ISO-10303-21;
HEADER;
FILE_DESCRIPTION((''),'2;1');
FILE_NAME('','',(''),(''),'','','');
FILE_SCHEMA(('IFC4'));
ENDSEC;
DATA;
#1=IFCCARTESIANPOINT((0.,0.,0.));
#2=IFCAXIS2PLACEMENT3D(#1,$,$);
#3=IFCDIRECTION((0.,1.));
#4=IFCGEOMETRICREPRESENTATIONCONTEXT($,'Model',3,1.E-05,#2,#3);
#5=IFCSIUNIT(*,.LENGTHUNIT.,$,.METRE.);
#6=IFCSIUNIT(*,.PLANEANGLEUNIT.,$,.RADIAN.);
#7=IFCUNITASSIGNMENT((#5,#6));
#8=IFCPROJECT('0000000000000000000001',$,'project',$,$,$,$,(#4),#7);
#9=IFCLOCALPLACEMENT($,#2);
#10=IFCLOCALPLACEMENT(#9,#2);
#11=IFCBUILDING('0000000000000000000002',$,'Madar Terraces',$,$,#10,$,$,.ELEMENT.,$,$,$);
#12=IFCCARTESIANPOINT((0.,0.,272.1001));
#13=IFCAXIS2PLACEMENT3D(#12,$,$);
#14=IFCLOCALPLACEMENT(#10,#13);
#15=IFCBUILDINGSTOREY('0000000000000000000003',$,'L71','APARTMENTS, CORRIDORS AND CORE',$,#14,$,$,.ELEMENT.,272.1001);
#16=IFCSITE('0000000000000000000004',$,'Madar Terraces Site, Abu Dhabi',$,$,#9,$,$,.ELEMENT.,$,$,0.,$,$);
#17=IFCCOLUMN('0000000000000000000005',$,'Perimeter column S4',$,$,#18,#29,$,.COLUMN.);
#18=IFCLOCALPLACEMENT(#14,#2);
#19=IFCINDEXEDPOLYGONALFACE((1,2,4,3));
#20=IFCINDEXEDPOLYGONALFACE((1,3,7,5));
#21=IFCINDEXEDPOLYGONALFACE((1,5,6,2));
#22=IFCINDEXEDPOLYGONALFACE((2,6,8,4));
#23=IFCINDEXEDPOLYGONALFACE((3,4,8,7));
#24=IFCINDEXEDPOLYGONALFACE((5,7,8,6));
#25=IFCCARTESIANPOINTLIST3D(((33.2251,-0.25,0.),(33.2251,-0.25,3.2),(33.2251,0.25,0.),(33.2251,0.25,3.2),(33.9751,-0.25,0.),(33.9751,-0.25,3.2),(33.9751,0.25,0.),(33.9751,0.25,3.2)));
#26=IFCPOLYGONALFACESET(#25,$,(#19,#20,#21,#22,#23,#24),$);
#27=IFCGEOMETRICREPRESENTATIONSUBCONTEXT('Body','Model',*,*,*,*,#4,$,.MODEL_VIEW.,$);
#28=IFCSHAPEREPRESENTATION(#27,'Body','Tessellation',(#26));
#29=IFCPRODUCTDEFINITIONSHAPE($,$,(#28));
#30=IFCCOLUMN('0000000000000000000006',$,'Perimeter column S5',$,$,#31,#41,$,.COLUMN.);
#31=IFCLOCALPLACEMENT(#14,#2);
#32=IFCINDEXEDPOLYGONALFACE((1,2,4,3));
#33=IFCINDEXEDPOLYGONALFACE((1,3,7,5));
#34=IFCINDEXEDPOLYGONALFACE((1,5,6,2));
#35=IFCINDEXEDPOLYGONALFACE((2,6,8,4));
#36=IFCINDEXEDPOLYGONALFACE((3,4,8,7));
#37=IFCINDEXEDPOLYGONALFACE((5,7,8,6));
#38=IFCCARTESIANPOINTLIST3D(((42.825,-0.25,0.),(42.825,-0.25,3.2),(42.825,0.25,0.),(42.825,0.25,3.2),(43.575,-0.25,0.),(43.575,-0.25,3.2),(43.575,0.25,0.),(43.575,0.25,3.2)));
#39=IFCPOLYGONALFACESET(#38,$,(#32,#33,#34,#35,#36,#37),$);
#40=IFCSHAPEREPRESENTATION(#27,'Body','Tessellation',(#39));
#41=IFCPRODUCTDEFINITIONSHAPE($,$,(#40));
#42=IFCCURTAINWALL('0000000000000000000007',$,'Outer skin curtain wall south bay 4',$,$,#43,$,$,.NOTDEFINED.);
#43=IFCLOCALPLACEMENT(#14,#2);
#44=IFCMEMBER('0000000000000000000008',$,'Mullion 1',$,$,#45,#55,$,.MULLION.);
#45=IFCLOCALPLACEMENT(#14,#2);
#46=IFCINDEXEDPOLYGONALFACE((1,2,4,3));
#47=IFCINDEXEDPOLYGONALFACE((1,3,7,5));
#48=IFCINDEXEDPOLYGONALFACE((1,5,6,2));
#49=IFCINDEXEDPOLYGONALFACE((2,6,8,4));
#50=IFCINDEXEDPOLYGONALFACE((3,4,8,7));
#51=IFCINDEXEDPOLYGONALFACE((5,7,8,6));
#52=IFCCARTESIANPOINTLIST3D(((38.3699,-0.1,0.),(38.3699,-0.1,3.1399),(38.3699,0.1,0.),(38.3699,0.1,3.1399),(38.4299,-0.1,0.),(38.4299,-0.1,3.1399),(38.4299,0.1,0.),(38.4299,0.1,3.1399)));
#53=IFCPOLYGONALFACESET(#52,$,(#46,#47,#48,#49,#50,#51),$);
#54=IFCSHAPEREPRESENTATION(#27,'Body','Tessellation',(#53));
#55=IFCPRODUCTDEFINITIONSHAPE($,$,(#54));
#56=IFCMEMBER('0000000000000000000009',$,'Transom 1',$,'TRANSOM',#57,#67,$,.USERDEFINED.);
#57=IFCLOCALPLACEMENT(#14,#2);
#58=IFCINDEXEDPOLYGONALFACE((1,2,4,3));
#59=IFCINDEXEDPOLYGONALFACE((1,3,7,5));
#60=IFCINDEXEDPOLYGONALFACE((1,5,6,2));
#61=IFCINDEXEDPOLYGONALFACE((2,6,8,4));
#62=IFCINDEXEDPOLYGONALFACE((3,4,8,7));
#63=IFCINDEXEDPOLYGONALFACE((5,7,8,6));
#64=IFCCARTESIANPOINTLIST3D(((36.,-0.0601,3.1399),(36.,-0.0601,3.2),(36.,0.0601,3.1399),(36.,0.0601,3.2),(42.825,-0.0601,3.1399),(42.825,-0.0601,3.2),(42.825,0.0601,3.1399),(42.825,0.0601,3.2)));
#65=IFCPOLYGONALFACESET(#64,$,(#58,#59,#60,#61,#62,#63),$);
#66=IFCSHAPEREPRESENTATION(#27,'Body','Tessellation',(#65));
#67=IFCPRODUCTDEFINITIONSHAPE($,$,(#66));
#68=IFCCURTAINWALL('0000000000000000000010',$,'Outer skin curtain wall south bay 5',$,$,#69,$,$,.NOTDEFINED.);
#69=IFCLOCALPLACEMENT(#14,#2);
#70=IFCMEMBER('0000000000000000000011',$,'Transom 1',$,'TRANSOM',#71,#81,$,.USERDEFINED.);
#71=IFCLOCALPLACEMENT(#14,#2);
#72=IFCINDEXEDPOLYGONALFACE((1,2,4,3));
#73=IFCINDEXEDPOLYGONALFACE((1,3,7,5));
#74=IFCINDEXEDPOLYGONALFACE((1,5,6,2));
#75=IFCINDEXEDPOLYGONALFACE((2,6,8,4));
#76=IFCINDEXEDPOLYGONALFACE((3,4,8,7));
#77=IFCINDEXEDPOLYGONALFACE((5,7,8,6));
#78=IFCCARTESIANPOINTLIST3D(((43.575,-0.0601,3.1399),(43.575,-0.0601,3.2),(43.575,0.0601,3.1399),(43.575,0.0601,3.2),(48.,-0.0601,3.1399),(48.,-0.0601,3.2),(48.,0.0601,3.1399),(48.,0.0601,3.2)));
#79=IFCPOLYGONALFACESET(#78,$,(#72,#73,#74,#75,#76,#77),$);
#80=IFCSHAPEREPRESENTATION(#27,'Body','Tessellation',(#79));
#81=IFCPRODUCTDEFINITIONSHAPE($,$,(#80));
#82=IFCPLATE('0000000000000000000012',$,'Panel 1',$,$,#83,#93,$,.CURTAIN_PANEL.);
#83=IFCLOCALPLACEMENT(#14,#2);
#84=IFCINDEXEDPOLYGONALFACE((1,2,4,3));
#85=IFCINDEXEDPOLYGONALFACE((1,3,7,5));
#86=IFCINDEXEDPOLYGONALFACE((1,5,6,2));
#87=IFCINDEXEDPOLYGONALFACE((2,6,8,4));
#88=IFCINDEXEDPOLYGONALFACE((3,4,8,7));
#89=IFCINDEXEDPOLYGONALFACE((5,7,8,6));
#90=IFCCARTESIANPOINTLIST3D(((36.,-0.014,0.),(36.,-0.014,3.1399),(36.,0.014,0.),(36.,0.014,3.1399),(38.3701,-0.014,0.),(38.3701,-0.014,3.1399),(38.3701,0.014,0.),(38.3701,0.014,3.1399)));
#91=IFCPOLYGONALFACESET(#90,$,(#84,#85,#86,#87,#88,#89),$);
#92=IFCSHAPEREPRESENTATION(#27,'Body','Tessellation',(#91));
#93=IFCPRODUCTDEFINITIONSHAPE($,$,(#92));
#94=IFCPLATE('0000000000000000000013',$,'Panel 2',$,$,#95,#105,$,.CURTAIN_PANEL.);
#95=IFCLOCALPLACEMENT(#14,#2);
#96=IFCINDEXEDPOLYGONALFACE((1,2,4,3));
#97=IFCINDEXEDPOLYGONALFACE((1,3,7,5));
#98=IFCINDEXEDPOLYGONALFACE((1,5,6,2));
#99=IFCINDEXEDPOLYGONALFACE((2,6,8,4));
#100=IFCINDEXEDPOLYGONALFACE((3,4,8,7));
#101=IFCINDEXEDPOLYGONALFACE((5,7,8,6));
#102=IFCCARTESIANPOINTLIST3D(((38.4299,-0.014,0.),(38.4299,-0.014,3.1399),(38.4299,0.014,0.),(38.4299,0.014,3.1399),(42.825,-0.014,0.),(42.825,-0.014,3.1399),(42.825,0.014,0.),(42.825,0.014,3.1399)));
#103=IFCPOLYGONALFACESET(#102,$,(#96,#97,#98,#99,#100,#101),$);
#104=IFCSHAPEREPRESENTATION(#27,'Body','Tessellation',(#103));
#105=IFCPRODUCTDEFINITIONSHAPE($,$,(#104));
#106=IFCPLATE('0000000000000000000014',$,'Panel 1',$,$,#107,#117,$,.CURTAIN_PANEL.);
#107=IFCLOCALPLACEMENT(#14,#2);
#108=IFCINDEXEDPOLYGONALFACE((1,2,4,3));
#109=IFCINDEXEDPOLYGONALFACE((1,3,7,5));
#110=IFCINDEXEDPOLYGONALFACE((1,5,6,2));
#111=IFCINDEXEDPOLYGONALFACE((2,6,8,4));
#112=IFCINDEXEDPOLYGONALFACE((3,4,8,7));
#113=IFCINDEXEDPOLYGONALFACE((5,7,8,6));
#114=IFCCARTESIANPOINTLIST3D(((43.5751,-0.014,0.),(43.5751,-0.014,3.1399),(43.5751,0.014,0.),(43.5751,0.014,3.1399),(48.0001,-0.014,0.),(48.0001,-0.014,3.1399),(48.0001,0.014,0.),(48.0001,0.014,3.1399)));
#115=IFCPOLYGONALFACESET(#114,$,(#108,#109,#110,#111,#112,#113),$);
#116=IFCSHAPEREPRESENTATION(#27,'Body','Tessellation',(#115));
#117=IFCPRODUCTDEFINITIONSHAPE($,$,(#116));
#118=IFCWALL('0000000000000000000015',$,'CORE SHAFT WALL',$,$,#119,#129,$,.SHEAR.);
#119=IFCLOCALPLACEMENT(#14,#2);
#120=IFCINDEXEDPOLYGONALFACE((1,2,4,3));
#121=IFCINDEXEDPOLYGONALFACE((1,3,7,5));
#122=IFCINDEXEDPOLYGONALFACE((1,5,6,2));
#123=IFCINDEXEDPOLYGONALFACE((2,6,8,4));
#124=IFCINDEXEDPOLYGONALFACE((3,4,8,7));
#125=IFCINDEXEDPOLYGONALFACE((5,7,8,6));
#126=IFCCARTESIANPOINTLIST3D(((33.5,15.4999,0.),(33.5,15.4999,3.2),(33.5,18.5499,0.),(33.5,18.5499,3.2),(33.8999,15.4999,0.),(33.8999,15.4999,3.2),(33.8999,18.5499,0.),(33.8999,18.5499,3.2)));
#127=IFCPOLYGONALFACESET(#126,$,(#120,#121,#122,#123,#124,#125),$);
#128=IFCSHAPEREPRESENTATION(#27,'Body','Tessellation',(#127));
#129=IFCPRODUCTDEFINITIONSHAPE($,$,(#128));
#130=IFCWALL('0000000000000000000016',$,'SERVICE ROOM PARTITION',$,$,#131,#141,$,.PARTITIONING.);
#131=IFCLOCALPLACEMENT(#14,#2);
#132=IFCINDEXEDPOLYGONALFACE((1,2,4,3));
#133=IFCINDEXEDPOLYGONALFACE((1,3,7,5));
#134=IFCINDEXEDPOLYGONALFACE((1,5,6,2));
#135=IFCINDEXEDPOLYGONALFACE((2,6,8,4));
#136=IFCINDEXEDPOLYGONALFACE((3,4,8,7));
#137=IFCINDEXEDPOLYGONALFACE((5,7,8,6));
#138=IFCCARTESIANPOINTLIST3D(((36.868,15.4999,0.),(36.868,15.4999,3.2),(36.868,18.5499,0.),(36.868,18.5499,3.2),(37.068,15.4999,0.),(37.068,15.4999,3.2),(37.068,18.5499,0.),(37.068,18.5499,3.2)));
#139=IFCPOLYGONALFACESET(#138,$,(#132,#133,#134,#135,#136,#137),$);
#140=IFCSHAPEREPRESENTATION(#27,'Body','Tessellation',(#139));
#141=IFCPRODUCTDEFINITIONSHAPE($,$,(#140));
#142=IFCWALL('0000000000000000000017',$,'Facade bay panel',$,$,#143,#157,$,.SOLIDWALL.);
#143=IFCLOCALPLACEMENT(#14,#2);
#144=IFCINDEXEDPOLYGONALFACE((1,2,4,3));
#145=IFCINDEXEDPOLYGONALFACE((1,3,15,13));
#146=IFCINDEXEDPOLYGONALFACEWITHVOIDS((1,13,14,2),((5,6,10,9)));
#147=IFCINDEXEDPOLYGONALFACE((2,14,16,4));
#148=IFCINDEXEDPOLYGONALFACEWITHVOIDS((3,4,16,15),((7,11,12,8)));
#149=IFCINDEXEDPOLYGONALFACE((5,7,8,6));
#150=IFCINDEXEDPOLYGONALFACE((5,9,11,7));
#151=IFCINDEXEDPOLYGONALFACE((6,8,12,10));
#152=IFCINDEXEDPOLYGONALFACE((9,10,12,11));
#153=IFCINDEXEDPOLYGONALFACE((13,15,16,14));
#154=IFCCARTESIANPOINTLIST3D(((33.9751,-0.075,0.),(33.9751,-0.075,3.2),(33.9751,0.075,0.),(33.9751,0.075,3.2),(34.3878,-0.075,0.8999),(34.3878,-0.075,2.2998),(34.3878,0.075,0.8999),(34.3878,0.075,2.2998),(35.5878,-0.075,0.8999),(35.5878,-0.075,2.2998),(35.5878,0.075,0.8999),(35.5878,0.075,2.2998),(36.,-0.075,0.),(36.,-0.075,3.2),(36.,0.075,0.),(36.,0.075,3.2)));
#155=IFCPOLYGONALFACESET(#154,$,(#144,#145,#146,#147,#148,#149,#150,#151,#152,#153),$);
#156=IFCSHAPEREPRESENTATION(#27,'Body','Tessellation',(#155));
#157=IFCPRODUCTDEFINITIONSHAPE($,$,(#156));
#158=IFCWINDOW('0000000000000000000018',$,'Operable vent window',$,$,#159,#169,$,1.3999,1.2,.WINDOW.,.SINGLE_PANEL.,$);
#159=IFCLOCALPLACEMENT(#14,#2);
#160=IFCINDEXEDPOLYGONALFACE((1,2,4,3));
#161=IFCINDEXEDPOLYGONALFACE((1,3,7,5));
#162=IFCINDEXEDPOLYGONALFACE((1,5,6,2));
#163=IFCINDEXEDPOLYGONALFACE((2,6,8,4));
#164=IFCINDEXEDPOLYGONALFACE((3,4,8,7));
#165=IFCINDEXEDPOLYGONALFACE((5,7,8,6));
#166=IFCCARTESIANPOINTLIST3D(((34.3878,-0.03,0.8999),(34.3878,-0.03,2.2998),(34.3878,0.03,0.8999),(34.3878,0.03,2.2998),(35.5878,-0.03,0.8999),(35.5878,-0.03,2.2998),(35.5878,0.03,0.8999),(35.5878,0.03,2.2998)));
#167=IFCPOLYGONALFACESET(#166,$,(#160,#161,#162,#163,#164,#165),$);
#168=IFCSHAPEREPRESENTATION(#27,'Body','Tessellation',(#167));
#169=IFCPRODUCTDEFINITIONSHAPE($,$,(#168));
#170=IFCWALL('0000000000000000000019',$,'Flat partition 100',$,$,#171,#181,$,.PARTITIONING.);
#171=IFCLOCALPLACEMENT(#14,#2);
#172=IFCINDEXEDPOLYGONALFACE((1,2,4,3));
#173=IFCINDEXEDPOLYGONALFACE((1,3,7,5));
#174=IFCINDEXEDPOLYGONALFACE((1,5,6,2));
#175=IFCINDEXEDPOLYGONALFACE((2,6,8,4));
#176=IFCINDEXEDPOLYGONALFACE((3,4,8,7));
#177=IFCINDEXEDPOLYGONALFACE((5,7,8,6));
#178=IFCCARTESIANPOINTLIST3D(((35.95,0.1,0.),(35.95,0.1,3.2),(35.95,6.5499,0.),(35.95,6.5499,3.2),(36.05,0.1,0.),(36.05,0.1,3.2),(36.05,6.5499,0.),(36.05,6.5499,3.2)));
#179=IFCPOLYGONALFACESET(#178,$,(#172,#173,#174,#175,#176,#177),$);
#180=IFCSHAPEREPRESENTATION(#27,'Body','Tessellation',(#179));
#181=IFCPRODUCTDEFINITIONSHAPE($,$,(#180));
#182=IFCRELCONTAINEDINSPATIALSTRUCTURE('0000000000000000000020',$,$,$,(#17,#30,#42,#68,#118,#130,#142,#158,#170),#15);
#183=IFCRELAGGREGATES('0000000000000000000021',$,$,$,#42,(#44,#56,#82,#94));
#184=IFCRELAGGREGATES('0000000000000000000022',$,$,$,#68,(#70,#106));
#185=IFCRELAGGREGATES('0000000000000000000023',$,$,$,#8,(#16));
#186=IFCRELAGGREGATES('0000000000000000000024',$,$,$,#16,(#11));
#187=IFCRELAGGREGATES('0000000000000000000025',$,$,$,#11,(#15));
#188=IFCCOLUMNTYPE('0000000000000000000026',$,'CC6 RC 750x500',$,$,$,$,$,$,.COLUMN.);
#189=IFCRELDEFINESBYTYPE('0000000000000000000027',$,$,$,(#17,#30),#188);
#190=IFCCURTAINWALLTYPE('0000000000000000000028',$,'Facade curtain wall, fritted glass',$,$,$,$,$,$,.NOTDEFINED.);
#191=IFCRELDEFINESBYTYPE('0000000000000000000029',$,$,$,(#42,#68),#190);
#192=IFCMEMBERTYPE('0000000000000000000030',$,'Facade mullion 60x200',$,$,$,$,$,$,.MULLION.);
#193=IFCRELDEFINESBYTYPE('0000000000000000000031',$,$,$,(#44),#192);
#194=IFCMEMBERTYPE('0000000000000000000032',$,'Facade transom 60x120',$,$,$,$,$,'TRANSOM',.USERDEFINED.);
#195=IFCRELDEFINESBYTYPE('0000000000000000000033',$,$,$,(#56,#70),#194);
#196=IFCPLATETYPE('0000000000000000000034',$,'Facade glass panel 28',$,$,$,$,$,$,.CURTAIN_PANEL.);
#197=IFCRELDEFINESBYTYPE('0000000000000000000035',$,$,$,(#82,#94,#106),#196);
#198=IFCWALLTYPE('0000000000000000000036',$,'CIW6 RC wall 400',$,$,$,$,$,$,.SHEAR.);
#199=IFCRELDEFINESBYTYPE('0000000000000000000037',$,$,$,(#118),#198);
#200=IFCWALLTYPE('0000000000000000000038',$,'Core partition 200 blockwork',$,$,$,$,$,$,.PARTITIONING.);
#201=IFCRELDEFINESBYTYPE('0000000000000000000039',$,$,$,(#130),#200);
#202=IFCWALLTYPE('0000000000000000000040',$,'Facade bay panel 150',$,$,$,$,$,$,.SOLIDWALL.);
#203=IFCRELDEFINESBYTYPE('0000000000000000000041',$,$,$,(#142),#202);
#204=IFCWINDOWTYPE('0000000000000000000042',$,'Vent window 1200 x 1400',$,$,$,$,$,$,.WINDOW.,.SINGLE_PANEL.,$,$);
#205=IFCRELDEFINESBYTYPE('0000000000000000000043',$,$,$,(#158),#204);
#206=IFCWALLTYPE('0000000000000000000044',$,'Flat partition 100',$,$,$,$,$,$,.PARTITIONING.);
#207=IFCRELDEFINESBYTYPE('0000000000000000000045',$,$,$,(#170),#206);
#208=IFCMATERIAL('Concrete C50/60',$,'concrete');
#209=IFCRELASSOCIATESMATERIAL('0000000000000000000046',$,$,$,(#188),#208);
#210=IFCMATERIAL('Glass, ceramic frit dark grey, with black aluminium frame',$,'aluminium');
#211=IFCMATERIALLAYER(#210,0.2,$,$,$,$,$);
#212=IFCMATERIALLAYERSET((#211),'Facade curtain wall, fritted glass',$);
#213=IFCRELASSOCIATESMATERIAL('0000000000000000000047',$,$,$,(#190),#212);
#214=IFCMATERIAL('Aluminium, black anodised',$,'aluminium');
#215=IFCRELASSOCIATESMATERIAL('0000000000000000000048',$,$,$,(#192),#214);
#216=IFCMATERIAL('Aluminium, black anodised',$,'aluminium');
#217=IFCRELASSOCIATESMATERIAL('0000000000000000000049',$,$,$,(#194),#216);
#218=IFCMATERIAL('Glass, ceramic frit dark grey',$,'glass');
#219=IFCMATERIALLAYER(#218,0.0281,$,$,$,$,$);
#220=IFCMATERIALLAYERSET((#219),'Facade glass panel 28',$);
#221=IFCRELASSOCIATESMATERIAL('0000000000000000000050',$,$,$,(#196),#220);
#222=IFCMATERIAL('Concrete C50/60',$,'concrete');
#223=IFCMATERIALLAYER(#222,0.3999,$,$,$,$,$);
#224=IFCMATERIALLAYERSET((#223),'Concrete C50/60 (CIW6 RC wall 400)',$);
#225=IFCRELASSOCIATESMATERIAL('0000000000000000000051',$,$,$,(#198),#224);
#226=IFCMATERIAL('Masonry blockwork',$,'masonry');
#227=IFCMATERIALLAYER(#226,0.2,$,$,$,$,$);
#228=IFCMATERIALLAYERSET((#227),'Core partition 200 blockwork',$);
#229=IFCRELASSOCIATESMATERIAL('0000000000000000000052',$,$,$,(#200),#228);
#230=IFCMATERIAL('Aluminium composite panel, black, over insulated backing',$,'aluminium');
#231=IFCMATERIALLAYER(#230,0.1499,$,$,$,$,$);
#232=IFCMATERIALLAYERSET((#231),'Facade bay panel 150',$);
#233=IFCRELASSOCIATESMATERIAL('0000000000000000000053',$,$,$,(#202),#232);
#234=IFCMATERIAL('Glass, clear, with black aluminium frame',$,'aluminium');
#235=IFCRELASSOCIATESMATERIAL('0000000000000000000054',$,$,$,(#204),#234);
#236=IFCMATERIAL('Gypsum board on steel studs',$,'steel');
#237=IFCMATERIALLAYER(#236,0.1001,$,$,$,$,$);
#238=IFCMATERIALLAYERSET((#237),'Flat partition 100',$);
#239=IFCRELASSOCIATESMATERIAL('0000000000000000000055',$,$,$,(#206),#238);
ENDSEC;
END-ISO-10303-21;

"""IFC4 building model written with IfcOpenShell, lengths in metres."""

from ifc_helpers import new_model, si_unit, direction, frame, frame_2d, origin, origin_2d, place, context, subcontext, project, spatial, rectangle, extrude, material, layer, layer_set, material_profile, profile_set, type_object, element, fill, aggregate, save


model = new_model("IFC4")

# Units and contexts
model_context = context("Model", 3, precision=1e-05, world=origin(), true_north=direction((0.0, 1.0)))
body_context = subcontext(model_context, "Body", "Model", "MODEL_VIEW")
ifc_project = project(units=[si_unit("LENGTHUNIT", "METRE"), si_unit("PLANEANGLEUNIT", "RADIAN")], contexts=[model_context])

# Site, building, storey
site_placement = place(None, origin())
site = spatial("IfcSite", under=ifc_project, at=site_placement, Name="Madar Terraces Site, Abu Dhabi", CompositionType="ELEMENT", RefElevation=0.0)
building_placement = place(site_placement, origin())
building = spatial("IfcBuilding", under=site, at=building_placement, Name="Madar Terraces", CompositionType="ELEMENT")
storey_placement = place(building_placement, frame((0.0, 0.0, 272.1001)))
storey = spatial("IfcBuildingStorey", under=building, at=storey_placement, Name="L71", Description="APARTMENTS, CORRIDORS AND CORE", CompositionType="ELEMENT", Elevation=272.1001)

# Columns
ifc_material_1 = material(Name="Concrete C50/60", Category="concrete")
ifc_material_profile_1 = material_profile(ifc_material_1, rectangle(XDim=0.75, YDim=0.5, at=origin_2d()), Name="CC6 RC 750x500")
ifc_profile_set_1 = profile_set([ifc_material_profile_1], Name="Concrete C50/60")
column_type = type_object("IfcColumnType", Name="CC6 RC 750x500", PredefinedType="COLUMN", material=ifc_profile_set_1)
for number, where, z_axis, x_axis, name in (
    (1, (33.6001, 0.0, 0.0), (0.0, 0.0, 1.0), (1.0, 0.0, 0.0), "Perimeter column S4"),
    (2, (43.2, 0.0, 0.0), (0.0, 0.0, 1.0), (1.0, 0.0, 0.0), "Perimeter column S5"),
):
    element("IfcColumn", number, at=place(storey_placement, frame(where, z_axis=z_axis, x_axis=x_axis)), inside=storey, type_object=column_type, Name=name, PredefinedType="COLUMN", context=body_context, shape_type="SweptSolid", body=[
        extrude(rectangle(XDim=0.75, YDim=0.5, at=origin_2d()), origin(), (0.0, 0.0, 1.0), 3.2),
    ])

# Curtain wall, members
ifc_material_2 = material(Name="Glass, ceramic frit dark grey, with black aluminium frame", Category="aluminium")
ifc_layer_1 = layer(ifc_material_2, 0.2)
ifc_layer_set_1 = layer_set([ifc_layer_1], Name="Facade curtain wall, fritted glass")
curtain_wall_type = type_object("IfcCurtainWallType", Name="Facade curtain wall, fritted glass", PredefinedType="NOTDEFINED", material=ifc_layer_set_1)
curtain_wall_1_placement = place(storey_placement, origin())
curtain_wall_1 = element("IfcCurtainWall", 3, at=curtain_wall_1_placement, inside=storey, type_object=curtain_wall_type, Name="Outer skin curtain wall south bay 4", PredefinedType="NOTDEFINED")
ifc_material_3 = material(Name="Aluminium, black anodised", Category="aluminium")
ifc_material_profile_2 = material_profile(ifc_material_3, rectangle(XDim=0.2, YDim=0.0601, at=origin_2d()), Name="Facade mullion 60x200")
ifc_profile_set_2 = profile_set([ifc_material_profile_2], Name="Aluminium, black anodised")
member_type_1 = type_object("IfcMemberType", Name="Facade mullion 60x200", PredefinedType="MULLION", material=ifc_profile_set_2)
member_1_placement = place(storey_placement, frame((38.3999, 0.0, 0.0), z_axis=(0.0, 0.0, 1.0), x_axis=(0.0, 1.0, 0.0)))
member_1 = element("IfcMember", 4, at=member_1_placement, type_object=member_type_1, Name="Mullion 1", PredefinedType="MULLION", context=body_context, shape_type="SweptSolid", body=[
    extrude(rectangle(XDim=0.2, YDim=0.0601, at=origin_2d()), origin(), (0.0, 0.0, 1.0), 3.1399),
])
ifc_material_4 = material(Name="Aluminium, black anodised", Category="aluminium")
ifc_material_profile_3 = material_profile(ifc_material_4, rectangle(XDim=0.1201, YDim=0.0601, at=origin_2d()), Name="Facade transom 60x120")
ifc_profile_set_3 = profile_set([ifc_material_profile_3], Name="Aluminium, black anodised")
member_type_2 = type_object("IfcMemberType", Name="Facade transom 60x120", ElementType="TRANSOM", PredefinedType="USERDEFINED", material=ifc_profile_set_3)
member_2_placement = place(storey_placement, frame((36.0, 0.0, 3.1699), z_axis=(1.0, 0.0, 0.0), x_axis=(0.0, 1.0, 0.0)))
member_2 = element("IfcMember", 5, at=member_2_placement, type_object=member_type_2, Name="Transom 1", ObjectType="TRANSOM", PredefinedType="USERDEFINED", context=body_context, shape_type="SweptSolid", body=[
    extrude(rectangle(XDim=0.1201, YDim=0.0601, at=origin_2d()), origin(), (0.0, 0.0, 1.0), 6.825),
])

# Curtain wall, member
curtain_wall_2_placement = place(storey_placement, origin())
curtain_wall_2 = element("IfcCurtainWall", 6, at=curtain_wall_2_placement, inside=storey, type_object=curtain_wall_type, Name="Outer skin curtain wall south bay 5", PredefinedType="NOTDEFINED")
member_3_placement = place(storey_placement, frame((43.575, 0.0, 3.1699), z_axis=(1.0, 0.0, 0.0), x_axis=(0.0, 1.0, 0.0)))
member_3 = element("IfcMember", 7, at=member_3_placement, type_object=member_type_2, Name="Transom 1", ObjectType="TRANSOM", PredefinedType="USERDEFINED", context=body_context, shape_type="SweptSolid", body=[
    extrude(rectangle(XDim=0.1201, YDim=0.0601, at=origin_2d()), origin(), (0.0, 0.0, 1.0), 4.425),
])

# Plates
ifc_material_5 = material(Name="Glass, ceramic frit dark grey", Category="glass")
ifc_layer_2 = layer(ifc_material_5, 0.0281)
ifc_layer_set_2 = layer_set([ifc_layer_2], Name="Facade glass panel 28")
plate_type = type_object("IfcPlateType", Name="Facade glass panel 28", PredefinedType="CURTAIN_PANEL", material=ifc_layer_set_2)
plate_1_placement = place(storey_placement, frame((37.1851, 0.0, 0.0), z_axis=(0.0, 0.0, 1.0), x_axis=(1.0, 0.0, 0.0)))
plate_1 = element("IfcPlate", 8, at=plate_1_placement, type_object=plate_type, Name="Panel 1", PredefinedType="CURTAIN_PANEL", context=body_context, shape_type="SweptSolid", body=[
    extrude(rectangle(XDim=2.3701, YDim=0.0281, at=origin_2d()), origin(), (0.0, 0.0, 1.0), 3.1399),
])
plate_2_placement = place(storey_placement, frame((40.6274, 0.0, 0.0), z_axis=(0.0, 0.0, 1.0), x_axis=(1.0, 0.0, 0.0)))
plate_2 = element("IfcPlate", 9, at=plate_2_placement, type_object=plate_type, Name="Panel 2", PredefinedType="CURTAIN_PANEL", context=body_context, shape_type="SweptSolid", body=[
    extrude(rectangle(XDim=4.395, YDim=0.0281, at=origin_2d()), origin(), (0.0, 0.0, 1.0), 3.1399),
])
aggregate(curtain_wall_1, [member_1, member_2, plate_1, plate_2])
plate_3_placement = place(storey_placement, frame((45.7876, 0.0, 0.0), z_axis=(0.0, 0.0, 1.0), x_axis=(1.0, 0.0, 0.0)))
plate_3 = element("IfcPlate", 10, at=plate_3_placement, type_object=plate_type, Name="Panel 1", PredefinedType="CURTAIN_PANEL", context=body_context, shape_type="SweptSolid", body=[
    extrude(rectangle(XDim=4.425, YDim=0.0281, at=origin_2d()), origin(), (0.0, 0.0, 1.0), 3.1399),
])
aggregate(curtain_wall_2, [member_3, plate_3])

# Walls
ifc_material_6 = material(Name="Concrete C50/60", Category="concrete")
ifc_layer_3 = layer(ifc_material_6, 0.3999)
ifc_layer_set_3 = layer_set([ifc_layer_3], Name="Concrete C50/60 (CIW6 RC wall 400)")
wall_type_1 = type_object("IfcWallType", Name="CIW6 RC wall 400", PredefinedType="SHEAR", material=ifc_layer_set_3)
wall_1_placement = place(storey_placement, frame((33.7, 15.5, 0.0), z_axis=(0.0, 0.0, 1.0), x_axis=(0.0, 1.0, 0.0)))
element("IfcWall", 11, at=wall_1_placement, inside=storey, type_object=wall_type_1, Name="CORE SHAFT WALL", PredefinedType="SHEAR", context=body_context, shape_type="SweptSolid", body=[
    extrude(rectangle(XDim=3.05, YDim=0.3999, at=frame_2d((1.5249, 0.0))), origin(), (0.0, 0.0, 1.0), 3.2),
])
ifc_material_7 = material(Name="Masonry blockwork", Category="masonry")
ifc_layer_4 = layer(ifc_material_7, 0.2)
ifc_layer_set_4 = layer_set([ifc_layer_4], Name="Core partition 200 blockwork")
wall_type_2 = type_object("IfcWallType", Name="Core partition 200 blockwork", PredefinedType="PARTITIONING", material=ifc_layer_set_4)
wall_2_placement = place(storey_placement, frame((36.968, 15.5, 0.0), z_axis=(0.0, 0.0, 1.0), x_axis=(0.0, 1.0, 0.0)))
element("IfcWall", 12, at=wall_2_placement, inside=storey, type_object=wall_type_2, Name="SERVICE ROOM PARTITION", PredefinedType="PARTITIONING", context=body_context, shape_type="SweptSolid", body=[
    extrude(rectangle(XDim=3.05, YDim=0.2, at=frame_2d((1.5249, 0.0))), origin(), (0.0, 0.0, 1.0), 3.2),
])

# Wall, opening, window
ifc_material_8 = material(Name="Aluminium composite panel, black, over insulated backing", Category="aluminium")
ifc_layer_5 = layer(ifc_material_8, 0.1499)
ifc_layer_set_5 = layer_set([ifc_layer_5], Name="Facade bay panel 150")
wall_type_3 = type_object("IfcWallType", Name="Facade bay panel 150", PredefinedType="SOLIDWALL", material=ifc_layer_set_5)
wall_3_placement = place(storey_placement, frame((33.9751, 0.0, 0.0), z_axis=(0.0, 0.0, 1.0), x_axis=(1.0, 0.0, 0.0)))
wall_3 = element("IfcWall", 13, at=wall_3_placement, inside=storey, type_object=wall_type_3, Name="Facade bay panel", PredefinedType="SOLIDWALL", context=body_context, shape_type="SweptSolid", body=[
    extrude(rectangle(XDim=2.0249, YDim=0.1499, at=frame_2d((1.0125, 0.0))), origin(), (0.0, 0.0, 1.0), 3.2),
])
opening_1_placement = place(wall_3_placement, frame((0.4126, 0.0, 0.8999)))
opening_1 = element("IfcOpeningElement", 14, at=opening_1_placement, cuts=wall_3, PredefinedType="OPENING", context=body_context, shape_type="SweptSolid", body=[
    extrude(rectangle(XDim=1.2, YDim=1.3999, at=frame_2d((0.6001, 0.7))), frame((0.0, 0.085, 0.0), z_axis=(0.0, -1.0, 0.0), x_axis=(1.0, 0.0, 0.0)), (0.0, 0.0, 1.0), 0.1699),
])
ifc_material_9 = material(Name="Glass, clear, with black aluminium frame", Category="aluminium")
window_type = type_object("IfcWindowType", Name="Vent window 1200 x 1400", PartitioningType="SINGLE_PANEL", PredefinedType="WINDOW", material=ifc_material_9)
window_placement = place(opening_1_placement, origin())
window = element("IfcWindow", 15, at=window_placement, inside=storey, type_object=window_type, Name="Operable vent window", OverallHeight=1.3999, OverallWidth=1.2, PartitioningType="SINGLE_PANEL", PredefinedType="WINDOW", context=body_context, shape_type="SweptSolid", body=[
    extrude(rectangle(XDim=1.2, YDim=1.3999, at=frame_2d((0.6001, 0.7))), frame((0.0, 0.03, 0.0), z_axis=(0.0, -1.0, 0.0), x_axis=(1.0, 0.0, 0.0)), (0.0, 0.0, 1.0), 0.0601),
])
fill(opening_1, window)

# Wall
ifc_material_10 = material(Name="Gypsum board on steel studs", Category="steel")
ifc_layer_6 = layer(ifc_material_10, 0.1001)
ifc_layer_set_6 = layer_set([ifc_layer_6], Name="Flat partition 100")
wall_type_4 = type_object("IfcWallType", Name="Flat partition 100", PredefinedType="PARTITIONING", material=ifc_layer_set_6)
for number, where, z_axis, x_axis, name in (
    (16, (36.0, 6.55, 0.0), (0.0, 0.0, 1.0), (0.0, -1.0, 0.0), "Flat partition 100"),
):
    element("IfcWall", number, at=place(storey_placement, frame(where, z_axis=z_axis, x_axis=x_axis)), inside=storey, type_object=wall_type_4, Name=name, PredefinedType="PARTITIONING", context=body_context, shape_type="SweptSolid", body=[
        extrude(rectangle(XDim=6.45, YDim=0.1001, at=frame_2d((3.2251, 0.0))), origin(), (0.0, 0.0, 1.0), 3.2),
    ])

save(model, "model.ifc")
